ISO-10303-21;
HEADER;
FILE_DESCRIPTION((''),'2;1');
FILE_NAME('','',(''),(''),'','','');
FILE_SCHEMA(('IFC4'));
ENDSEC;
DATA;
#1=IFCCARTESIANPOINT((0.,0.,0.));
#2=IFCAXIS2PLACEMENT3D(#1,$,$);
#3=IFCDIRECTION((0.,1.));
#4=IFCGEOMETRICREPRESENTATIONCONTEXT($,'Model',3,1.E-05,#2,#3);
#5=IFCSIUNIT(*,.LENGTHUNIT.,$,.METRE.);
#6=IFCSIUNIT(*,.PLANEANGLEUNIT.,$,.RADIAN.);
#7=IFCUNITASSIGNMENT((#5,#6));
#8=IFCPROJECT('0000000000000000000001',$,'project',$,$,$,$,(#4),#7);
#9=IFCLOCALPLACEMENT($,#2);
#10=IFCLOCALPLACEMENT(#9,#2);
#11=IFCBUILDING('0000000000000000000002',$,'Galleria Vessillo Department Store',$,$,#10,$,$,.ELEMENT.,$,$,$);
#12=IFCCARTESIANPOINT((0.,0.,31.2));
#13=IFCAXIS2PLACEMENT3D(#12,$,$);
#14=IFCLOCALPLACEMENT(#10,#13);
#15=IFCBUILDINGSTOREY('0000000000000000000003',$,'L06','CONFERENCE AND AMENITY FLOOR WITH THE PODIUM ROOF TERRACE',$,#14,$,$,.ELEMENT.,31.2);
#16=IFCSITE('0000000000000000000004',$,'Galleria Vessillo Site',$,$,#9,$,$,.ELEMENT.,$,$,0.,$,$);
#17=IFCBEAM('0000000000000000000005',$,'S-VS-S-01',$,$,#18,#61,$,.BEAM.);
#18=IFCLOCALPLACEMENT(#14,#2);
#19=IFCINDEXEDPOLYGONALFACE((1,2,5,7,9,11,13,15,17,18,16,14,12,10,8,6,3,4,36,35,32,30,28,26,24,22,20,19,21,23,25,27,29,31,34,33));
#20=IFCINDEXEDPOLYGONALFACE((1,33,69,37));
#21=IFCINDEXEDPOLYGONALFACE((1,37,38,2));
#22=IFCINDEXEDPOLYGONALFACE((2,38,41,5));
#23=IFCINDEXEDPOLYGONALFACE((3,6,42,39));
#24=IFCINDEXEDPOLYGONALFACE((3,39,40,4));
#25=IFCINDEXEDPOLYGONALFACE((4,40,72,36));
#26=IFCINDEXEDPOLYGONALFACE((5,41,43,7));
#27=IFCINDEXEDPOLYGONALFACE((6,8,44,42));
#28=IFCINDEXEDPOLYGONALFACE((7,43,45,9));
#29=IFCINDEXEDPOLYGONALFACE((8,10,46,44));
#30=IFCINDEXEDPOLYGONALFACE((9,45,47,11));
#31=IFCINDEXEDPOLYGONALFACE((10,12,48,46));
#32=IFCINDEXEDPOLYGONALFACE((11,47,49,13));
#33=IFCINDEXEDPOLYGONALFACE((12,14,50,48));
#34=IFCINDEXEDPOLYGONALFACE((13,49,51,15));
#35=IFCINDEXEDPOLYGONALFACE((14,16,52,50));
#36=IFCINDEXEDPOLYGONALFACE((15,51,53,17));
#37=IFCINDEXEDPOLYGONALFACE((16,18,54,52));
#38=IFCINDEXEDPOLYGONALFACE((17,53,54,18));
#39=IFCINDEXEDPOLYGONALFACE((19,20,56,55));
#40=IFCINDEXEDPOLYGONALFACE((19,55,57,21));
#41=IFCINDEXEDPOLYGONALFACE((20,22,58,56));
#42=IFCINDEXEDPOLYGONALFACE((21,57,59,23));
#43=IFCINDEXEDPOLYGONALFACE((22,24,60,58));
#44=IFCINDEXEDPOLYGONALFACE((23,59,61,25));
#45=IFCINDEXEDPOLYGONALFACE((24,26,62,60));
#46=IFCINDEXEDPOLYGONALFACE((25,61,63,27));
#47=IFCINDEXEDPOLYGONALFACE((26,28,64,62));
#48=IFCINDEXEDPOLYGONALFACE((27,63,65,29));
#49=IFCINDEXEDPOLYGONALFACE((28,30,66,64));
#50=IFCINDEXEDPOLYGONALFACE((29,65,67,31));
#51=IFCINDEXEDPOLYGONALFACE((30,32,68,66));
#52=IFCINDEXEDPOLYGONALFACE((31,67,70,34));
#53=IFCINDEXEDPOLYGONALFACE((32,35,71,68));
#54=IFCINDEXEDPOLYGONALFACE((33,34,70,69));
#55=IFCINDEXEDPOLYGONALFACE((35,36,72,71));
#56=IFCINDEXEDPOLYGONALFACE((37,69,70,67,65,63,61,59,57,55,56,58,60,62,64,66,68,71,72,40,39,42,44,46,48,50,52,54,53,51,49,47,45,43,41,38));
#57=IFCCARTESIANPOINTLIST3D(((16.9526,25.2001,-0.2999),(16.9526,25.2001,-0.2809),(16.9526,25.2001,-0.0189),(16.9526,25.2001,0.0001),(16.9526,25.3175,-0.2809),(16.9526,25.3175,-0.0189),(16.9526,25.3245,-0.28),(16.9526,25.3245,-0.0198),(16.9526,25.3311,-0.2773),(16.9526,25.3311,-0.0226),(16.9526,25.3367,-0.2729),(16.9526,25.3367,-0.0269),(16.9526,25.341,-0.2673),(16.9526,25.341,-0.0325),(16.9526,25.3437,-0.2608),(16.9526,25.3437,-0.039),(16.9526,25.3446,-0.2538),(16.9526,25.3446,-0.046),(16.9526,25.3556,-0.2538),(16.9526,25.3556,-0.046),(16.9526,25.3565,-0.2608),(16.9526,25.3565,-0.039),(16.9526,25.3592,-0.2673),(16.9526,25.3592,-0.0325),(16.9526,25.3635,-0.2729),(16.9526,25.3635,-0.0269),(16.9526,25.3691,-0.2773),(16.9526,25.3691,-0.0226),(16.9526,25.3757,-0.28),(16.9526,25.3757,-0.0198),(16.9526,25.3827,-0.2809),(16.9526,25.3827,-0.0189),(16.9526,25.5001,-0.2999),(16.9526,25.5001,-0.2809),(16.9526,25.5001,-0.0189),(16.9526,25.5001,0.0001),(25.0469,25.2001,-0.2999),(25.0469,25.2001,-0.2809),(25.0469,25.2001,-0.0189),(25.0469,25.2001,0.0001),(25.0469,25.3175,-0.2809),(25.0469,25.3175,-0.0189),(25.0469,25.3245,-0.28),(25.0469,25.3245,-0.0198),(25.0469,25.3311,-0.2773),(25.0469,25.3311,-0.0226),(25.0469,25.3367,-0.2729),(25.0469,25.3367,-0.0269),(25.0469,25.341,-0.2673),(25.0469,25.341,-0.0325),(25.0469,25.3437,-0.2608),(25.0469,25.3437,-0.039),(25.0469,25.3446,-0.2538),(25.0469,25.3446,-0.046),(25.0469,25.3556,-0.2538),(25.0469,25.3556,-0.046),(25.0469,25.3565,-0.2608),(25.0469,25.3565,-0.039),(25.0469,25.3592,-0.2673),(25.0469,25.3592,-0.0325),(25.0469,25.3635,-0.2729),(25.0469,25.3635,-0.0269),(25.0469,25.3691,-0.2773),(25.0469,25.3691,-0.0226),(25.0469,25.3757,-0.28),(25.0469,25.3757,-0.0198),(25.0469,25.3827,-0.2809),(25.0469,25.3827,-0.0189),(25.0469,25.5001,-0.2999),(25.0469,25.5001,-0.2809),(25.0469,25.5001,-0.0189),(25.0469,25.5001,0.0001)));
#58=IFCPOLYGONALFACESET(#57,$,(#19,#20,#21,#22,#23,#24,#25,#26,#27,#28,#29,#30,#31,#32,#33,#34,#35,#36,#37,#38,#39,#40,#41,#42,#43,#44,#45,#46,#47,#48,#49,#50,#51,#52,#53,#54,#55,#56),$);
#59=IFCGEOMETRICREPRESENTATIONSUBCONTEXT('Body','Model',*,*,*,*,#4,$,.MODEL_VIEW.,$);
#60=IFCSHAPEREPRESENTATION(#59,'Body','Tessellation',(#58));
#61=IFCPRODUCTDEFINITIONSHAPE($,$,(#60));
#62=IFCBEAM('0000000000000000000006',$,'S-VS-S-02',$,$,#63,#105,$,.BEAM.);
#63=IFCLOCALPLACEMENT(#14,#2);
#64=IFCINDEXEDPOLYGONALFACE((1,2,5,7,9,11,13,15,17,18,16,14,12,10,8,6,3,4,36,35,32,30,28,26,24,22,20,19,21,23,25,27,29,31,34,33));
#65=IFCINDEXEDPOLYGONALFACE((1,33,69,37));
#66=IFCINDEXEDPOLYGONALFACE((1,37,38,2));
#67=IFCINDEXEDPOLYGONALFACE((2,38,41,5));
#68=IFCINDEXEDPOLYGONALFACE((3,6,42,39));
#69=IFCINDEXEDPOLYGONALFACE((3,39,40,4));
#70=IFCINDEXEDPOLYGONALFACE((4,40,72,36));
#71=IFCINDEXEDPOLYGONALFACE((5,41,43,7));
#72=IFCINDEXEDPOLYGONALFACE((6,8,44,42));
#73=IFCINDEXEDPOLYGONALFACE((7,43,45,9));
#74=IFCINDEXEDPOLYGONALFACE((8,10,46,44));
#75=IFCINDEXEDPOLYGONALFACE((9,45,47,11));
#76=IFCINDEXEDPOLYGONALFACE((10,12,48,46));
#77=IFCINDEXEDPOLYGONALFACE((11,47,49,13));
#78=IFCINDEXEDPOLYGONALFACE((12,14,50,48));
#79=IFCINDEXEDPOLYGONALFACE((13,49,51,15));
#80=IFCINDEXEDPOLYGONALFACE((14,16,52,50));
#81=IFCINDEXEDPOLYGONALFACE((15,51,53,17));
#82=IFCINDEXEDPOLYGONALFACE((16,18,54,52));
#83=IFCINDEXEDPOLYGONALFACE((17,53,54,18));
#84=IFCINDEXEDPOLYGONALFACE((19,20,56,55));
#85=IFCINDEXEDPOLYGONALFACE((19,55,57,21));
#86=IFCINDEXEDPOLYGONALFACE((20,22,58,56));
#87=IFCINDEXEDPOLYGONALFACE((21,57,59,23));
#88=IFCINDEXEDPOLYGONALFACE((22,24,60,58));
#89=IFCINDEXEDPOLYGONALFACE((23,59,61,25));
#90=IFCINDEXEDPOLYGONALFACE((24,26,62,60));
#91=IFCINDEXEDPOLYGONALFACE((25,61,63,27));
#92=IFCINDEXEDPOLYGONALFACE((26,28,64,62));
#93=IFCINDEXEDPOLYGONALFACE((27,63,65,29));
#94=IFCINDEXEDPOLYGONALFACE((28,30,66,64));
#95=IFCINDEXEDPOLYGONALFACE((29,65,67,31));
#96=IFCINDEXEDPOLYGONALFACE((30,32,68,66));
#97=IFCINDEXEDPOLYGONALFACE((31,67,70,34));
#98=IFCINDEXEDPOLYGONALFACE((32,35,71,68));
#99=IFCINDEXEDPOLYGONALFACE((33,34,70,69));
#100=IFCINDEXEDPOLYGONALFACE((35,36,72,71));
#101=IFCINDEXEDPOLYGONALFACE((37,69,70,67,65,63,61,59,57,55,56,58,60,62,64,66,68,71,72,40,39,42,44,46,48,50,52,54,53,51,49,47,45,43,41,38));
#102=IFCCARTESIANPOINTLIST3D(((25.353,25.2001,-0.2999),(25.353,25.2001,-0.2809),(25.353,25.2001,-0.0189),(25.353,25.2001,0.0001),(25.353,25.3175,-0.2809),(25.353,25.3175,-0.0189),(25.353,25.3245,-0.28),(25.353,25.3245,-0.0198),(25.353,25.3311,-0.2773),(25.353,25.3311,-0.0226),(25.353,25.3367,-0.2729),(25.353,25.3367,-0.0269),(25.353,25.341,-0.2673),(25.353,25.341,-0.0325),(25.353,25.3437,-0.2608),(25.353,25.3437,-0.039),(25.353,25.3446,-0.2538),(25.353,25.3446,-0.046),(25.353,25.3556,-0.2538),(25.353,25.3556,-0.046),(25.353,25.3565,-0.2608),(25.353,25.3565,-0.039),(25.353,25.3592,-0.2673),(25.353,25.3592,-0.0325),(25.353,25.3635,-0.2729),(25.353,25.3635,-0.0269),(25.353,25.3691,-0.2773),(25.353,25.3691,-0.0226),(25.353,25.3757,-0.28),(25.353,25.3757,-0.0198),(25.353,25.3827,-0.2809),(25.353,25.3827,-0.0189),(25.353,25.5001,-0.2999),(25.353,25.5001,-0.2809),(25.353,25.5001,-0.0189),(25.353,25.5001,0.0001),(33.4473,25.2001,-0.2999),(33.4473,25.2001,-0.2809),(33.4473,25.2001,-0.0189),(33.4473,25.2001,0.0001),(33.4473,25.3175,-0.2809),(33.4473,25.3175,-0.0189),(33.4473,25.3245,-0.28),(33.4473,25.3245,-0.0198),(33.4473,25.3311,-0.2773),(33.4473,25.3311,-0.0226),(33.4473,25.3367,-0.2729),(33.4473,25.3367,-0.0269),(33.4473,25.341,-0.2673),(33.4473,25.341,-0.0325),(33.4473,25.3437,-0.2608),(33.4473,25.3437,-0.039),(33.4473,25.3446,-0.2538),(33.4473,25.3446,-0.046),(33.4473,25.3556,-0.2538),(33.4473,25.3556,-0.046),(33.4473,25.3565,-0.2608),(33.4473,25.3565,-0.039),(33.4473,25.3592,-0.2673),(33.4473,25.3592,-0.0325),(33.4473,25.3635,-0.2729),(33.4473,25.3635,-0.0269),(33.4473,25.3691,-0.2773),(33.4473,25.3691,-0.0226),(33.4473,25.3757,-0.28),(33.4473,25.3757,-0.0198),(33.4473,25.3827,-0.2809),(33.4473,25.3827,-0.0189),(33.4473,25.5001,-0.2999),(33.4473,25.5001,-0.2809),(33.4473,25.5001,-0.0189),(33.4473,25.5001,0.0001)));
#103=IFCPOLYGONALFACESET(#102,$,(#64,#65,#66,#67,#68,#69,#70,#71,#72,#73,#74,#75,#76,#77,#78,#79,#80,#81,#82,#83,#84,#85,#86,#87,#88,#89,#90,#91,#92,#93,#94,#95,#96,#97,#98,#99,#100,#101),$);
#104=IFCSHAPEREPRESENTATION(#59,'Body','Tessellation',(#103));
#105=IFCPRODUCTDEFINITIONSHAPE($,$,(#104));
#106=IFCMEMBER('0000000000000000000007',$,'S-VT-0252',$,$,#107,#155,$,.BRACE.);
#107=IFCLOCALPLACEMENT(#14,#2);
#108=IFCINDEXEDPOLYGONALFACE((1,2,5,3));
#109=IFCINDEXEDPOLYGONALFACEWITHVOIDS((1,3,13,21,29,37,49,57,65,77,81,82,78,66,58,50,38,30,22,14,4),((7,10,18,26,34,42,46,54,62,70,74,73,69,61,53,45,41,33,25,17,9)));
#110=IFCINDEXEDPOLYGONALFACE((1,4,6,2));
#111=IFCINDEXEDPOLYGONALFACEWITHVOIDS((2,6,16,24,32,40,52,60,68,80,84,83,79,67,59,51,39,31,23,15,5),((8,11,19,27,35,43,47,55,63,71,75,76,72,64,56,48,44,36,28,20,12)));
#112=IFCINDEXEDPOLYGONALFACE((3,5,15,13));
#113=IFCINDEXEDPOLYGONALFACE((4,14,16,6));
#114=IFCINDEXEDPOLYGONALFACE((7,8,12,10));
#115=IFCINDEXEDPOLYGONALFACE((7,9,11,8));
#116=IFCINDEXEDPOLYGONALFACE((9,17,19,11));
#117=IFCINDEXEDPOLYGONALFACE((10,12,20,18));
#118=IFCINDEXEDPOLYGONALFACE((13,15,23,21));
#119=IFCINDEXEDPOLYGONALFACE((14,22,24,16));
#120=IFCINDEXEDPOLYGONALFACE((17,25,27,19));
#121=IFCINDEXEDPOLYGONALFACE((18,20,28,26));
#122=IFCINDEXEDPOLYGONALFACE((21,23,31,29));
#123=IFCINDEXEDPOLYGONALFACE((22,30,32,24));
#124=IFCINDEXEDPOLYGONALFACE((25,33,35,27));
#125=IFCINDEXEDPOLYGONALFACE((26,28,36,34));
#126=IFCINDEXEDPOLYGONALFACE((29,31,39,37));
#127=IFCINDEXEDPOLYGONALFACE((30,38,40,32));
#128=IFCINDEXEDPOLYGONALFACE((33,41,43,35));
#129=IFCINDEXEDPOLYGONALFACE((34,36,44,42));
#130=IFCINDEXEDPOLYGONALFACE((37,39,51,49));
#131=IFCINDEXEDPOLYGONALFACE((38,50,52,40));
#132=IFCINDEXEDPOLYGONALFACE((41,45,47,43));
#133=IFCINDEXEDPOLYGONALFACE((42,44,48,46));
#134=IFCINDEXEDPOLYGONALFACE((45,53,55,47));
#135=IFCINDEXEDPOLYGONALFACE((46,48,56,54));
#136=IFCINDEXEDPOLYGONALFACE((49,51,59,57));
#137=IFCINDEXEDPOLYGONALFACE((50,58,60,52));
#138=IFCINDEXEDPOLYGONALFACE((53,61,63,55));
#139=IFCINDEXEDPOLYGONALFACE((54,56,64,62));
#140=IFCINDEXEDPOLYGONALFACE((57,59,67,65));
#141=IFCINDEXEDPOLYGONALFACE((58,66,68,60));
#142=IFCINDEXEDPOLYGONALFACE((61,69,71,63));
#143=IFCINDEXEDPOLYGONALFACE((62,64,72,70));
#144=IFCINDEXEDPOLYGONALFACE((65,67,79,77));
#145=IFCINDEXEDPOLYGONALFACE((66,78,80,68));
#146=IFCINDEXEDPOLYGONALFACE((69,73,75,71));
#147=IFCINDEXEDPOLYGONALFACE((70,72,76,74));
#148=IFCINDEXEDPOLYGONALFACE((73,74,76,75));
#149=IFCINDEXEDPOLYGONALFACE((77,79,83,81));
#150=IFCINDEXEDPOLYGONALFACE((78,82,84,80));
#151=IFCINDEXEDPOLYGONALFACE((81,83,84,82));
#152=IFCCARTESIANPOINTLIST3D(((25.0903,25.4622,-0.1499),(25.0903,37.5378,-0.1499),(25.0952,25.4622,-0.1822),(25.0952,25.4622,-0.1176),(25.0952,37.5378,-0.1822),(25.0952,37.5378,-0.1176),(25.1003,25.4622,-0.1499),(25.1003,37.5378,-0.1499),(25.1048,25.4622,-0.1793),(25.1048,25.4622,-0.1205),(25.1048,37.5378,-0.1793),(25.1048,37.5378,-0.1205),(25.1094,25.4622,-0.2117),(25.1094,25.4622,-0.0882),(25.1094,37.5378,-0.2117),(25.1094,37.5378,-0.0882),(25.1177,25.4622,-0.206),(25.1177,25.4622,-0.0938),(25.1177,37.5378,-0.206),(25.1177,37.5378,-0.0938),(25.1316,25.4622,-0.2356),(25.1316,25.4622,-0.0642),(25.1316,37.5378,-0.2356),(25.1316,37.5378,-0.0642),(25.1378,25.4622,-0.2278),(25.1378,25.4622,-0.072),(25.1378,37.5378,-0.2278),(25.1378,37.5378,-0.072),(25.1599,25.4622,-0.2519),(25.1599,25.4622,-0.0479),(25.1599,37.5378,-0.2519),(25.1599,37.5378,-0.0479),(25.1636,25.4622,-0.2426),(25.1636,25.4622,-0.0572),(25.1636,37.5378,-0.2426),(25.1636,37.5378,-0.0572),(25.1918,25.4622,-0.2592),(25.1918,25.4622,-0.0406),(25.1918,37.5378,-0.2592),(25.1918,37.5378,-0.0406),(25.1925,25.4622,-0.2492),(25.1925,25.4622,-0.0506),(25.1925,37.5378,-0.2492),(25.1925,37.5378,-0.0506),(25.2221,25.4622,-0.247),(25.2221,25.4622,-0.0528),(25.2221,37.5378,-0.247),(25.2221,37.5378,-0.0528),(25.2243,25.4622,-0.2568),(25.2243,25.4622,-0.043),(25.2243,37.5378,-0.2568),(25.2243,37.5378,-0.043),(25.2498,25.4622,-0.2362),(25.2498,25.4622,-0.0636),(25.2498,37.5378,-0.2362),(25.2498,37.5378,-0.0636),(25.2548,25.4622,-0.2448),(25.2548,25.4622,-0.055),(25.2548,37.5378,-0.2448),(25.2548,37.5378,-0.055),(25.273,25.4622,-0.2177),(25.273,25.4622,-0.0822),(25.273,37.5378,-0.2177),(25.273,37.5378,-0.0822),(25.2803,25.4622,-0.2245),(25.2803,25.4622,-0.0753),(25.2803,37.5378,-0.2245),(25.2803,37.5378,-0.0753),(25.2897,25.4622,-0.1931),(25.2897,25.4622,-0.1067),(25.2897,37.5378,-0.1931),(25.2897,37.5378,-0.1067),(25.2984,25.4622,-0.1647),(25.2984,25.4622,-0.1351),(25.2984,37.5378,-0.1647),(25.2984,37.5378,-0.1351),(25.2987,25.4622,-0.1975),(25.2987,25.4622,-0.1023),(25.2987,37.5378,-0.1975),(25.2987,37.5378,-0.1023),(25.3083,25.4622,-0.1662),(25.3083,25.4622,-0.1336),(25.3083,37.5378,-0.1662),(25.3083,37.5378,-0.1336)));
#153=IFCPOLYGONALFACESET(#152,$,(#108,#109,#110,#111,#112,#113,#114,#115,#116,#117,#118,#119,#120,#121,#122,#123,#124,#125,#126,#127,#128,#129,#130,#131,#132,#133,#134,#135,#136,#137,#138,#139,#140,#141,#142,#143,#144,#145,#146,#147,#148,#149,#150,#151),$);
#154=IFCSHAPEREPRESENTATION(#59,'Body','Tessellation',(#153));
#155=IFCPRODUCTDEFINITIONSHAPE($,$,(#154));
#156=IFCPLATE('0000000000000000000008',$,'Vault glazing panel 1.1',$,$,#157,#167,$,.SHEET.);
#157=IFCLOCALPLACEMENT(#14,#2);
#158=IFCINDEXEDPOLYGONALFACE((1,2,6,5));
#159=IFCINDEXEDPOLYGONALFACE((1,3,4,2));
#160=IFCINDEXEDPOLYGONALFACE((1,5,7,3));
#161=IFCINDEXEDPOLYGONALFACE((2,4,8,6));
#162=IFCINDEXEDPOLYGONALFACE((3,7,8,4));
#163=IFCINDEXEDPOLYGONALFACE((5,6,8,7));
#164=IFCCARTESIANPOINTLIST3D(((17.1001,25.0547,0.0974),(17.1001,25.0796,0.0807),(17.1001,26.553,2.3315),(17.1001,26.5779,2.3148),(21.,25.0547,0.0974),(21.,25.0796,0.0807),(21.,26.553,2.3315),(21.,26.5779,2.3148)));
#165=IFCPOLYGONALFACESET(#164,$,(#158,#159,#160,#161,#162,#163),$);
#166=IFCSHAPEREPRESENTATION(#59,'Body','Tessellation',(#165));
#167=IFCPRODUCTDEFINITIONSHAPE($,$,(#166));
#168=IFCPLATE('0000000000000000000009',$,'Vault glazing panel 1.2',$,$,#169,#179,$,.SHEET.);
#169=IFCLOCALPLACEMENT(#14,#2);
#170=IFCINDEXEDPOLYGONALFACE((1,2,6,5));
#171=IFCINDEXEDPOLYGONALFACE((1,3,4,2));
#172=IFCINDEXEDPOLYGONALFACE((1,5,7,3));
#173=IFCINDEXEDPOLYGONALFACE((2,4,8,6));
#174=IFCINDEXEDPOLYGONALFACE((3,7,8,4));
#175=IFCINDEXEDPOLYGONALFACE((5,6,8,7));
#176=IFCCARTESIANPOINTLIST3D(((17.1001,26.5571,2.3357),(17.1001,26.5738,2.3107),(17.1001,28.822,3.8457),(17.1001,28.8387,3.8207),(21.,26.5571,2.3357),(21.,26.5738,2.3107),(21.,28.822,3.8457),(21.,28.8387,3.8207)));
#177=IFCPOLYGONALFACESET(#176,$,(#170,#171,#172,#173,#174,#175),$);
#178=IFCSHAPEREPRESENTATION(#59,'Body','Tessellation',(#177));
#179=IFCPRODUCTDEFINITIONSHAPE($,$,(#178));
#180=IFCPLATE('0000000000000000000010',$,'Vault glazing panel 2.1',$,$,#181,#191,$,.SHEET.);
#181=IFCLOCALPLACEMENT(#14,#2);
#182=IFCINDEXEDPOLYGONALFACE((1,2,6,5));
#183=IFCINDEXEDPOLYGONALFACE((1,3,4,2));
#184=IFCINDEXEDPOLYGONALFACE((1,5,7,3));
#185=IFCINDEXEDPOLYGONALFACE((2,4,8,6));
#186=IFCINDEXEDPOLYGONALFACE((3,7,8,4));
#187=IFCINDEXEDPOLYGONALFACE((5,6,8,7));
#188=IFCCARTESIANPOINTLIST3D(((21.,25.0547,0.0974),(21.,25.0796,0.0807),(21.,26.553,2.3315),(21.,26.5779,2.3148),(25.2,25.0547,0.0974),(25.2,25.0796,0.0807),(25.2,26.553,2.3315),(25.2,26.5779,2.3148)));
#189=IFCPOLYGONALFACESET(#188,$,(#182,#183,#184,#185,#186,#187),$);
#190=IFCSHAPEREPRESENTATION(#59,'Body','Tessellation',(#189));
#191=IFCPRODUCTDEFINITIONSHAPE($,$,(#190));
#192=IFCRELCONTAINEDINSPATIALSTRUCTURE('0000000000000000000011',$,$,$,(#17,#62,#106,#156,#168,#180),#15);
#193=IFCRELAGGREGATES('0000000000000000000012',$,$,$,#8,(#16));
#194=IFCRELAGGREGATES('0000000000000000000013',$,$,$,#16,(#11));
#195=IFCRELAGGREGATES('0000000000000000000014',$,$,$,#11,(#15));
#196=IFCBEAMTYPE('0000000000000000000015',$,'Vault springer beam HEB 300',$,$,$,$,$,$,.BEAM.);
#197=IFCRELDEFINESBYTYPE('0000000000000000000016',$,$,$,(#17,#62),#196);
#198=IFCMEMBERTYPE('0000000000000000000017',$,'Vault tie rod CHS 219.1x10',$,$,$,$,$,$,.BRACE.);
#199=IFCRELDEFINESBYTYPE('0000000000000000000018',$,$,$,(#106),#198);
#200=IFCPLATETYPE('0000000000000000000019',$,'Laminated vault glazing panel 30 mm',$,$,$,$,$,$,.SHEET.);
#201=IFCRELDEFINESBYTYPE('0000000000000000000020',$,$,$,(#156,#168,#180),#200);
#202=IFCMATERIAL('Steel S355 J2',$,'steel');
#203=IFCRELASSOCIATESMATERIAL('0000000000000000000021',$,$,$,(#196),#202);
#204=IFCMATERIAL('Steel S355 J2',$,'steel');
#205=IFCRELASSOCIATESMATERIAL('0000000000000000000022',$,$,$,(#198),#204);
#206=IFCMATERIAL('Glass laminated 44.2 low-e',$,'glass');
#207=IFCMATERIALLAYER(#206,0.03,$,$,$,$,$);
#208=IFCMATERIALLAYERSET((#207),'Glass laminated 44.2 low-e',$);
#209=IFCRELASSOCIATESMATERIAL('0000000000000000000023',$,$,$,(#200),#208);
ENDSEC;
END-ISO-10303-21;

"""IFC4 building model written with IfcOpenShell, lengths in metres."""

from ifc_helpers import new_model, si_unit, direction, frame, origin, origin_2d, place, context, subcontext, project, spatial, polyline, hollow_circle, i_section, outline, extrude, material, layer, layer_set, material_profile, profile_set, type_object, element, save


model = new_model("IFC4")

# Units and contexts
model_context = context("Model", 3, precision=1e-05, world=origin(), true_north=direction((0.0, 1.0)))
body_context = subcontext(model_context, "Body", "Model", "MODEL_VIEW")
ifc_project = project(units=[si_unit("LENGTHUNIT", "METRE"), si_unit("PLANEANGLEUNIT", "RADIAN")], contexts=[model_context])

# Site, building, storey
site_placement = place(None, origin())
site = spatial("IfcSite", under=ifc_project, at=site_placement, Name="Galleria Vessillo Site", CompositionType="ELEMENT", RefElevation=0.0)
building_placement = place(site_placement, origin())
building = spatial("IfcBuilding", under=site, at=building_placement, Name="Galleria Vessillo Department Store", CompositionType="ELEMENT")
storey_placement = place(building_placement, frame((0.0, 0.0, 31.2)))
storey = spatial("IfcBuildingStorey", under=building, at=storey_placement, Name="L06", Description="CONFERENCE AND AMENITY FLOOR WITH THE PODIUM ROOF TERRACE", CompositionType="ELEMENT", Elevation=31.2)

# Beams
ifc_material_1 = material(Name="Steel S355 J2", Category="steel")
ifc_material_profile_1 = material_profile(ifc_material_1, i_section(OverallWidth=0.3, OverallDepth=0.3, WebThickness=0.011, FlangeThickness=0.019, FilletRadius=0.0271, at=origin_2d()), Name="HEB 300")
ifc_profile_set_1 = profile_set([ifc_material_profile_1], Name="Steel S355 J2")
beam_type_1 = type_object("IfcBeamType", Name="Vault springer beam HEB 300", PredefinedType="BEAM", material=ifc_profile_set_1)
for number, where, z_axis, x_axis, name in (
    (1, (16.9526, 25.3501, -0.1499), (1.0, 0.0, 0.0), (0.0, 1.0, 0.0), "S-VS-S-01"),
    (2, (25.353, 25.3501, -0.1499), (1.0, 0.0, 0.0), (0.0, 1.0, 0.0), "S-VS-S-02"),
):
    element("IfcBeam", number, at=place(storey_placement, frame(where, z_axis=z_axis, x_axis=x_axis)), inside=storey, type_object=beam_type_1, Name=name, PredefinedType="BEAM", context=body_context, shape_type="SweptSolid", body=[
        extrude(i_section(OverallWidth=0.3, OverallDepth=0.3, WebThickness=0.011, FlangeThickness=0.019, FilletRadius=0.0271, at=origin_2d()), origin(), (0.0, 0.0, 1.0), 8.0942),
    ])

# Member
ifc_material_2 = material(Name="Steel S355 J2", Category="steel")
ifc_material_profile_2 = material_profile(ifc_material_2, hollow_circle(Radius=0.1096, WallThickness=0.01, at=origin_2d()), Name="CHS 219.1x10")
ifc_profile_set_2 = profile_set([ifc_material_profile_2], Name="Steel S355 J2")
member_type_1 = type_object("IfcMemberType", Name="Vault tie rod CHS 219.1x10", PredefinedType="BRACE", material=ifc_profile_set_2)
member_placement = place(storey_placement, frame((25.2, 25.4622, -0.1499), z_axis=(0.0, 1.0, 0.0), x_axis=(-1.0, 0.0, 0.0)))
element("IfcMember", 3, at=member_placement, inside=storey, type_object=member_type_1, Name="S-VT-0252", PredefinedType="BRACE", context=body_context, shape_type="SweptSolid", body=[
    extrude(hollow_circle(Radius=0.1096, WallThickness=0.01, at=origin_2d()), origin(), (0.0, 0.0, 1.0), 12.0757),
])

# Plates
ifc_material_3 = material(Name="Glass laminated 44.2 low-e", Category="glass")
ifc_layer_1 = layer(ifc_material_3, 0.03)
ifc_layer_set_1 = layer_set([ifc_layer_1], Name="Glass laminated 44.2 low-e")
plate_type = type_object("IfcPlateType", Name="Laminated vault glazing panel 30 mm", PredefinedType="SHEET", material=ifc_layer_set_1)
plate_1_placement = place(storey_placement, frame((17.1001, 25.0547, 0.0974), z_axis=(0.0, -0.830525, 0.556981), x_axis=(1.0, 0.0, 0.0)))
element("IfcPlate", 4, at=plate_1_placement, inside=storey, type_object=plate_type, Name="Vault glazing panel 1.1", PredefinedType="SHEET", context=body_context, shape_type="SweptSolid", body=[
    extrude(outline(polyline([(0.0, 0.0), (3.8999, 0.0), (3.8999, 2.69), (0.0, 2.69), (0.0, 0.0)])), origin(), (0.0, 0.0, -1.0), 0.03),
])
plate_2_placement = place(storey_placement, frame((17.1001, 26.5571, 2.3357), z_axis=(0.0, -0.554721, 0.832036), x_axis=(1.0, 0.0, 0.0)))
element("IfcPlate", 5, at=plate_2_placement, inside=storey, type_object=plate_type, Name="Vault glazing panel 1.2", PredefinedType="SHEET", context=body_context, shape_type="SweptSolid", body=[
    extrude(outline(polyline([(0.0, 0.0), (3.8999, 0.0), (3.8999, 2.7221), (0.0, 2.7221), (0.0, 0.0)])), origin(), (0.0, 0.0, -1.0), 0.03),
])
plate_3_placement = place(storey_placement, frame((21.0, 25.0547, 0.0974), z_axis=(0.0, -0.830525, 0.556981), x_axis=(1.0, 0.0, 0.0)))
element("IfcPlate", 6, at=plate_3_placement, inside=storey, type_object=plate_type, Name="Vault glazing panel 2.1", PredefinedType="SHEET", context=body_context, shape_type="SweptSolid", body=[
    extrude(outline(polyline([(0.0, 0.0), (4.2, 0.0), (4.2, 2.69), (0.0, 2.69), (0.0, 0.0)])), origin(), (0.0, 0.0, -1.0), 0.03),
])

save(model, "model.ifc")
